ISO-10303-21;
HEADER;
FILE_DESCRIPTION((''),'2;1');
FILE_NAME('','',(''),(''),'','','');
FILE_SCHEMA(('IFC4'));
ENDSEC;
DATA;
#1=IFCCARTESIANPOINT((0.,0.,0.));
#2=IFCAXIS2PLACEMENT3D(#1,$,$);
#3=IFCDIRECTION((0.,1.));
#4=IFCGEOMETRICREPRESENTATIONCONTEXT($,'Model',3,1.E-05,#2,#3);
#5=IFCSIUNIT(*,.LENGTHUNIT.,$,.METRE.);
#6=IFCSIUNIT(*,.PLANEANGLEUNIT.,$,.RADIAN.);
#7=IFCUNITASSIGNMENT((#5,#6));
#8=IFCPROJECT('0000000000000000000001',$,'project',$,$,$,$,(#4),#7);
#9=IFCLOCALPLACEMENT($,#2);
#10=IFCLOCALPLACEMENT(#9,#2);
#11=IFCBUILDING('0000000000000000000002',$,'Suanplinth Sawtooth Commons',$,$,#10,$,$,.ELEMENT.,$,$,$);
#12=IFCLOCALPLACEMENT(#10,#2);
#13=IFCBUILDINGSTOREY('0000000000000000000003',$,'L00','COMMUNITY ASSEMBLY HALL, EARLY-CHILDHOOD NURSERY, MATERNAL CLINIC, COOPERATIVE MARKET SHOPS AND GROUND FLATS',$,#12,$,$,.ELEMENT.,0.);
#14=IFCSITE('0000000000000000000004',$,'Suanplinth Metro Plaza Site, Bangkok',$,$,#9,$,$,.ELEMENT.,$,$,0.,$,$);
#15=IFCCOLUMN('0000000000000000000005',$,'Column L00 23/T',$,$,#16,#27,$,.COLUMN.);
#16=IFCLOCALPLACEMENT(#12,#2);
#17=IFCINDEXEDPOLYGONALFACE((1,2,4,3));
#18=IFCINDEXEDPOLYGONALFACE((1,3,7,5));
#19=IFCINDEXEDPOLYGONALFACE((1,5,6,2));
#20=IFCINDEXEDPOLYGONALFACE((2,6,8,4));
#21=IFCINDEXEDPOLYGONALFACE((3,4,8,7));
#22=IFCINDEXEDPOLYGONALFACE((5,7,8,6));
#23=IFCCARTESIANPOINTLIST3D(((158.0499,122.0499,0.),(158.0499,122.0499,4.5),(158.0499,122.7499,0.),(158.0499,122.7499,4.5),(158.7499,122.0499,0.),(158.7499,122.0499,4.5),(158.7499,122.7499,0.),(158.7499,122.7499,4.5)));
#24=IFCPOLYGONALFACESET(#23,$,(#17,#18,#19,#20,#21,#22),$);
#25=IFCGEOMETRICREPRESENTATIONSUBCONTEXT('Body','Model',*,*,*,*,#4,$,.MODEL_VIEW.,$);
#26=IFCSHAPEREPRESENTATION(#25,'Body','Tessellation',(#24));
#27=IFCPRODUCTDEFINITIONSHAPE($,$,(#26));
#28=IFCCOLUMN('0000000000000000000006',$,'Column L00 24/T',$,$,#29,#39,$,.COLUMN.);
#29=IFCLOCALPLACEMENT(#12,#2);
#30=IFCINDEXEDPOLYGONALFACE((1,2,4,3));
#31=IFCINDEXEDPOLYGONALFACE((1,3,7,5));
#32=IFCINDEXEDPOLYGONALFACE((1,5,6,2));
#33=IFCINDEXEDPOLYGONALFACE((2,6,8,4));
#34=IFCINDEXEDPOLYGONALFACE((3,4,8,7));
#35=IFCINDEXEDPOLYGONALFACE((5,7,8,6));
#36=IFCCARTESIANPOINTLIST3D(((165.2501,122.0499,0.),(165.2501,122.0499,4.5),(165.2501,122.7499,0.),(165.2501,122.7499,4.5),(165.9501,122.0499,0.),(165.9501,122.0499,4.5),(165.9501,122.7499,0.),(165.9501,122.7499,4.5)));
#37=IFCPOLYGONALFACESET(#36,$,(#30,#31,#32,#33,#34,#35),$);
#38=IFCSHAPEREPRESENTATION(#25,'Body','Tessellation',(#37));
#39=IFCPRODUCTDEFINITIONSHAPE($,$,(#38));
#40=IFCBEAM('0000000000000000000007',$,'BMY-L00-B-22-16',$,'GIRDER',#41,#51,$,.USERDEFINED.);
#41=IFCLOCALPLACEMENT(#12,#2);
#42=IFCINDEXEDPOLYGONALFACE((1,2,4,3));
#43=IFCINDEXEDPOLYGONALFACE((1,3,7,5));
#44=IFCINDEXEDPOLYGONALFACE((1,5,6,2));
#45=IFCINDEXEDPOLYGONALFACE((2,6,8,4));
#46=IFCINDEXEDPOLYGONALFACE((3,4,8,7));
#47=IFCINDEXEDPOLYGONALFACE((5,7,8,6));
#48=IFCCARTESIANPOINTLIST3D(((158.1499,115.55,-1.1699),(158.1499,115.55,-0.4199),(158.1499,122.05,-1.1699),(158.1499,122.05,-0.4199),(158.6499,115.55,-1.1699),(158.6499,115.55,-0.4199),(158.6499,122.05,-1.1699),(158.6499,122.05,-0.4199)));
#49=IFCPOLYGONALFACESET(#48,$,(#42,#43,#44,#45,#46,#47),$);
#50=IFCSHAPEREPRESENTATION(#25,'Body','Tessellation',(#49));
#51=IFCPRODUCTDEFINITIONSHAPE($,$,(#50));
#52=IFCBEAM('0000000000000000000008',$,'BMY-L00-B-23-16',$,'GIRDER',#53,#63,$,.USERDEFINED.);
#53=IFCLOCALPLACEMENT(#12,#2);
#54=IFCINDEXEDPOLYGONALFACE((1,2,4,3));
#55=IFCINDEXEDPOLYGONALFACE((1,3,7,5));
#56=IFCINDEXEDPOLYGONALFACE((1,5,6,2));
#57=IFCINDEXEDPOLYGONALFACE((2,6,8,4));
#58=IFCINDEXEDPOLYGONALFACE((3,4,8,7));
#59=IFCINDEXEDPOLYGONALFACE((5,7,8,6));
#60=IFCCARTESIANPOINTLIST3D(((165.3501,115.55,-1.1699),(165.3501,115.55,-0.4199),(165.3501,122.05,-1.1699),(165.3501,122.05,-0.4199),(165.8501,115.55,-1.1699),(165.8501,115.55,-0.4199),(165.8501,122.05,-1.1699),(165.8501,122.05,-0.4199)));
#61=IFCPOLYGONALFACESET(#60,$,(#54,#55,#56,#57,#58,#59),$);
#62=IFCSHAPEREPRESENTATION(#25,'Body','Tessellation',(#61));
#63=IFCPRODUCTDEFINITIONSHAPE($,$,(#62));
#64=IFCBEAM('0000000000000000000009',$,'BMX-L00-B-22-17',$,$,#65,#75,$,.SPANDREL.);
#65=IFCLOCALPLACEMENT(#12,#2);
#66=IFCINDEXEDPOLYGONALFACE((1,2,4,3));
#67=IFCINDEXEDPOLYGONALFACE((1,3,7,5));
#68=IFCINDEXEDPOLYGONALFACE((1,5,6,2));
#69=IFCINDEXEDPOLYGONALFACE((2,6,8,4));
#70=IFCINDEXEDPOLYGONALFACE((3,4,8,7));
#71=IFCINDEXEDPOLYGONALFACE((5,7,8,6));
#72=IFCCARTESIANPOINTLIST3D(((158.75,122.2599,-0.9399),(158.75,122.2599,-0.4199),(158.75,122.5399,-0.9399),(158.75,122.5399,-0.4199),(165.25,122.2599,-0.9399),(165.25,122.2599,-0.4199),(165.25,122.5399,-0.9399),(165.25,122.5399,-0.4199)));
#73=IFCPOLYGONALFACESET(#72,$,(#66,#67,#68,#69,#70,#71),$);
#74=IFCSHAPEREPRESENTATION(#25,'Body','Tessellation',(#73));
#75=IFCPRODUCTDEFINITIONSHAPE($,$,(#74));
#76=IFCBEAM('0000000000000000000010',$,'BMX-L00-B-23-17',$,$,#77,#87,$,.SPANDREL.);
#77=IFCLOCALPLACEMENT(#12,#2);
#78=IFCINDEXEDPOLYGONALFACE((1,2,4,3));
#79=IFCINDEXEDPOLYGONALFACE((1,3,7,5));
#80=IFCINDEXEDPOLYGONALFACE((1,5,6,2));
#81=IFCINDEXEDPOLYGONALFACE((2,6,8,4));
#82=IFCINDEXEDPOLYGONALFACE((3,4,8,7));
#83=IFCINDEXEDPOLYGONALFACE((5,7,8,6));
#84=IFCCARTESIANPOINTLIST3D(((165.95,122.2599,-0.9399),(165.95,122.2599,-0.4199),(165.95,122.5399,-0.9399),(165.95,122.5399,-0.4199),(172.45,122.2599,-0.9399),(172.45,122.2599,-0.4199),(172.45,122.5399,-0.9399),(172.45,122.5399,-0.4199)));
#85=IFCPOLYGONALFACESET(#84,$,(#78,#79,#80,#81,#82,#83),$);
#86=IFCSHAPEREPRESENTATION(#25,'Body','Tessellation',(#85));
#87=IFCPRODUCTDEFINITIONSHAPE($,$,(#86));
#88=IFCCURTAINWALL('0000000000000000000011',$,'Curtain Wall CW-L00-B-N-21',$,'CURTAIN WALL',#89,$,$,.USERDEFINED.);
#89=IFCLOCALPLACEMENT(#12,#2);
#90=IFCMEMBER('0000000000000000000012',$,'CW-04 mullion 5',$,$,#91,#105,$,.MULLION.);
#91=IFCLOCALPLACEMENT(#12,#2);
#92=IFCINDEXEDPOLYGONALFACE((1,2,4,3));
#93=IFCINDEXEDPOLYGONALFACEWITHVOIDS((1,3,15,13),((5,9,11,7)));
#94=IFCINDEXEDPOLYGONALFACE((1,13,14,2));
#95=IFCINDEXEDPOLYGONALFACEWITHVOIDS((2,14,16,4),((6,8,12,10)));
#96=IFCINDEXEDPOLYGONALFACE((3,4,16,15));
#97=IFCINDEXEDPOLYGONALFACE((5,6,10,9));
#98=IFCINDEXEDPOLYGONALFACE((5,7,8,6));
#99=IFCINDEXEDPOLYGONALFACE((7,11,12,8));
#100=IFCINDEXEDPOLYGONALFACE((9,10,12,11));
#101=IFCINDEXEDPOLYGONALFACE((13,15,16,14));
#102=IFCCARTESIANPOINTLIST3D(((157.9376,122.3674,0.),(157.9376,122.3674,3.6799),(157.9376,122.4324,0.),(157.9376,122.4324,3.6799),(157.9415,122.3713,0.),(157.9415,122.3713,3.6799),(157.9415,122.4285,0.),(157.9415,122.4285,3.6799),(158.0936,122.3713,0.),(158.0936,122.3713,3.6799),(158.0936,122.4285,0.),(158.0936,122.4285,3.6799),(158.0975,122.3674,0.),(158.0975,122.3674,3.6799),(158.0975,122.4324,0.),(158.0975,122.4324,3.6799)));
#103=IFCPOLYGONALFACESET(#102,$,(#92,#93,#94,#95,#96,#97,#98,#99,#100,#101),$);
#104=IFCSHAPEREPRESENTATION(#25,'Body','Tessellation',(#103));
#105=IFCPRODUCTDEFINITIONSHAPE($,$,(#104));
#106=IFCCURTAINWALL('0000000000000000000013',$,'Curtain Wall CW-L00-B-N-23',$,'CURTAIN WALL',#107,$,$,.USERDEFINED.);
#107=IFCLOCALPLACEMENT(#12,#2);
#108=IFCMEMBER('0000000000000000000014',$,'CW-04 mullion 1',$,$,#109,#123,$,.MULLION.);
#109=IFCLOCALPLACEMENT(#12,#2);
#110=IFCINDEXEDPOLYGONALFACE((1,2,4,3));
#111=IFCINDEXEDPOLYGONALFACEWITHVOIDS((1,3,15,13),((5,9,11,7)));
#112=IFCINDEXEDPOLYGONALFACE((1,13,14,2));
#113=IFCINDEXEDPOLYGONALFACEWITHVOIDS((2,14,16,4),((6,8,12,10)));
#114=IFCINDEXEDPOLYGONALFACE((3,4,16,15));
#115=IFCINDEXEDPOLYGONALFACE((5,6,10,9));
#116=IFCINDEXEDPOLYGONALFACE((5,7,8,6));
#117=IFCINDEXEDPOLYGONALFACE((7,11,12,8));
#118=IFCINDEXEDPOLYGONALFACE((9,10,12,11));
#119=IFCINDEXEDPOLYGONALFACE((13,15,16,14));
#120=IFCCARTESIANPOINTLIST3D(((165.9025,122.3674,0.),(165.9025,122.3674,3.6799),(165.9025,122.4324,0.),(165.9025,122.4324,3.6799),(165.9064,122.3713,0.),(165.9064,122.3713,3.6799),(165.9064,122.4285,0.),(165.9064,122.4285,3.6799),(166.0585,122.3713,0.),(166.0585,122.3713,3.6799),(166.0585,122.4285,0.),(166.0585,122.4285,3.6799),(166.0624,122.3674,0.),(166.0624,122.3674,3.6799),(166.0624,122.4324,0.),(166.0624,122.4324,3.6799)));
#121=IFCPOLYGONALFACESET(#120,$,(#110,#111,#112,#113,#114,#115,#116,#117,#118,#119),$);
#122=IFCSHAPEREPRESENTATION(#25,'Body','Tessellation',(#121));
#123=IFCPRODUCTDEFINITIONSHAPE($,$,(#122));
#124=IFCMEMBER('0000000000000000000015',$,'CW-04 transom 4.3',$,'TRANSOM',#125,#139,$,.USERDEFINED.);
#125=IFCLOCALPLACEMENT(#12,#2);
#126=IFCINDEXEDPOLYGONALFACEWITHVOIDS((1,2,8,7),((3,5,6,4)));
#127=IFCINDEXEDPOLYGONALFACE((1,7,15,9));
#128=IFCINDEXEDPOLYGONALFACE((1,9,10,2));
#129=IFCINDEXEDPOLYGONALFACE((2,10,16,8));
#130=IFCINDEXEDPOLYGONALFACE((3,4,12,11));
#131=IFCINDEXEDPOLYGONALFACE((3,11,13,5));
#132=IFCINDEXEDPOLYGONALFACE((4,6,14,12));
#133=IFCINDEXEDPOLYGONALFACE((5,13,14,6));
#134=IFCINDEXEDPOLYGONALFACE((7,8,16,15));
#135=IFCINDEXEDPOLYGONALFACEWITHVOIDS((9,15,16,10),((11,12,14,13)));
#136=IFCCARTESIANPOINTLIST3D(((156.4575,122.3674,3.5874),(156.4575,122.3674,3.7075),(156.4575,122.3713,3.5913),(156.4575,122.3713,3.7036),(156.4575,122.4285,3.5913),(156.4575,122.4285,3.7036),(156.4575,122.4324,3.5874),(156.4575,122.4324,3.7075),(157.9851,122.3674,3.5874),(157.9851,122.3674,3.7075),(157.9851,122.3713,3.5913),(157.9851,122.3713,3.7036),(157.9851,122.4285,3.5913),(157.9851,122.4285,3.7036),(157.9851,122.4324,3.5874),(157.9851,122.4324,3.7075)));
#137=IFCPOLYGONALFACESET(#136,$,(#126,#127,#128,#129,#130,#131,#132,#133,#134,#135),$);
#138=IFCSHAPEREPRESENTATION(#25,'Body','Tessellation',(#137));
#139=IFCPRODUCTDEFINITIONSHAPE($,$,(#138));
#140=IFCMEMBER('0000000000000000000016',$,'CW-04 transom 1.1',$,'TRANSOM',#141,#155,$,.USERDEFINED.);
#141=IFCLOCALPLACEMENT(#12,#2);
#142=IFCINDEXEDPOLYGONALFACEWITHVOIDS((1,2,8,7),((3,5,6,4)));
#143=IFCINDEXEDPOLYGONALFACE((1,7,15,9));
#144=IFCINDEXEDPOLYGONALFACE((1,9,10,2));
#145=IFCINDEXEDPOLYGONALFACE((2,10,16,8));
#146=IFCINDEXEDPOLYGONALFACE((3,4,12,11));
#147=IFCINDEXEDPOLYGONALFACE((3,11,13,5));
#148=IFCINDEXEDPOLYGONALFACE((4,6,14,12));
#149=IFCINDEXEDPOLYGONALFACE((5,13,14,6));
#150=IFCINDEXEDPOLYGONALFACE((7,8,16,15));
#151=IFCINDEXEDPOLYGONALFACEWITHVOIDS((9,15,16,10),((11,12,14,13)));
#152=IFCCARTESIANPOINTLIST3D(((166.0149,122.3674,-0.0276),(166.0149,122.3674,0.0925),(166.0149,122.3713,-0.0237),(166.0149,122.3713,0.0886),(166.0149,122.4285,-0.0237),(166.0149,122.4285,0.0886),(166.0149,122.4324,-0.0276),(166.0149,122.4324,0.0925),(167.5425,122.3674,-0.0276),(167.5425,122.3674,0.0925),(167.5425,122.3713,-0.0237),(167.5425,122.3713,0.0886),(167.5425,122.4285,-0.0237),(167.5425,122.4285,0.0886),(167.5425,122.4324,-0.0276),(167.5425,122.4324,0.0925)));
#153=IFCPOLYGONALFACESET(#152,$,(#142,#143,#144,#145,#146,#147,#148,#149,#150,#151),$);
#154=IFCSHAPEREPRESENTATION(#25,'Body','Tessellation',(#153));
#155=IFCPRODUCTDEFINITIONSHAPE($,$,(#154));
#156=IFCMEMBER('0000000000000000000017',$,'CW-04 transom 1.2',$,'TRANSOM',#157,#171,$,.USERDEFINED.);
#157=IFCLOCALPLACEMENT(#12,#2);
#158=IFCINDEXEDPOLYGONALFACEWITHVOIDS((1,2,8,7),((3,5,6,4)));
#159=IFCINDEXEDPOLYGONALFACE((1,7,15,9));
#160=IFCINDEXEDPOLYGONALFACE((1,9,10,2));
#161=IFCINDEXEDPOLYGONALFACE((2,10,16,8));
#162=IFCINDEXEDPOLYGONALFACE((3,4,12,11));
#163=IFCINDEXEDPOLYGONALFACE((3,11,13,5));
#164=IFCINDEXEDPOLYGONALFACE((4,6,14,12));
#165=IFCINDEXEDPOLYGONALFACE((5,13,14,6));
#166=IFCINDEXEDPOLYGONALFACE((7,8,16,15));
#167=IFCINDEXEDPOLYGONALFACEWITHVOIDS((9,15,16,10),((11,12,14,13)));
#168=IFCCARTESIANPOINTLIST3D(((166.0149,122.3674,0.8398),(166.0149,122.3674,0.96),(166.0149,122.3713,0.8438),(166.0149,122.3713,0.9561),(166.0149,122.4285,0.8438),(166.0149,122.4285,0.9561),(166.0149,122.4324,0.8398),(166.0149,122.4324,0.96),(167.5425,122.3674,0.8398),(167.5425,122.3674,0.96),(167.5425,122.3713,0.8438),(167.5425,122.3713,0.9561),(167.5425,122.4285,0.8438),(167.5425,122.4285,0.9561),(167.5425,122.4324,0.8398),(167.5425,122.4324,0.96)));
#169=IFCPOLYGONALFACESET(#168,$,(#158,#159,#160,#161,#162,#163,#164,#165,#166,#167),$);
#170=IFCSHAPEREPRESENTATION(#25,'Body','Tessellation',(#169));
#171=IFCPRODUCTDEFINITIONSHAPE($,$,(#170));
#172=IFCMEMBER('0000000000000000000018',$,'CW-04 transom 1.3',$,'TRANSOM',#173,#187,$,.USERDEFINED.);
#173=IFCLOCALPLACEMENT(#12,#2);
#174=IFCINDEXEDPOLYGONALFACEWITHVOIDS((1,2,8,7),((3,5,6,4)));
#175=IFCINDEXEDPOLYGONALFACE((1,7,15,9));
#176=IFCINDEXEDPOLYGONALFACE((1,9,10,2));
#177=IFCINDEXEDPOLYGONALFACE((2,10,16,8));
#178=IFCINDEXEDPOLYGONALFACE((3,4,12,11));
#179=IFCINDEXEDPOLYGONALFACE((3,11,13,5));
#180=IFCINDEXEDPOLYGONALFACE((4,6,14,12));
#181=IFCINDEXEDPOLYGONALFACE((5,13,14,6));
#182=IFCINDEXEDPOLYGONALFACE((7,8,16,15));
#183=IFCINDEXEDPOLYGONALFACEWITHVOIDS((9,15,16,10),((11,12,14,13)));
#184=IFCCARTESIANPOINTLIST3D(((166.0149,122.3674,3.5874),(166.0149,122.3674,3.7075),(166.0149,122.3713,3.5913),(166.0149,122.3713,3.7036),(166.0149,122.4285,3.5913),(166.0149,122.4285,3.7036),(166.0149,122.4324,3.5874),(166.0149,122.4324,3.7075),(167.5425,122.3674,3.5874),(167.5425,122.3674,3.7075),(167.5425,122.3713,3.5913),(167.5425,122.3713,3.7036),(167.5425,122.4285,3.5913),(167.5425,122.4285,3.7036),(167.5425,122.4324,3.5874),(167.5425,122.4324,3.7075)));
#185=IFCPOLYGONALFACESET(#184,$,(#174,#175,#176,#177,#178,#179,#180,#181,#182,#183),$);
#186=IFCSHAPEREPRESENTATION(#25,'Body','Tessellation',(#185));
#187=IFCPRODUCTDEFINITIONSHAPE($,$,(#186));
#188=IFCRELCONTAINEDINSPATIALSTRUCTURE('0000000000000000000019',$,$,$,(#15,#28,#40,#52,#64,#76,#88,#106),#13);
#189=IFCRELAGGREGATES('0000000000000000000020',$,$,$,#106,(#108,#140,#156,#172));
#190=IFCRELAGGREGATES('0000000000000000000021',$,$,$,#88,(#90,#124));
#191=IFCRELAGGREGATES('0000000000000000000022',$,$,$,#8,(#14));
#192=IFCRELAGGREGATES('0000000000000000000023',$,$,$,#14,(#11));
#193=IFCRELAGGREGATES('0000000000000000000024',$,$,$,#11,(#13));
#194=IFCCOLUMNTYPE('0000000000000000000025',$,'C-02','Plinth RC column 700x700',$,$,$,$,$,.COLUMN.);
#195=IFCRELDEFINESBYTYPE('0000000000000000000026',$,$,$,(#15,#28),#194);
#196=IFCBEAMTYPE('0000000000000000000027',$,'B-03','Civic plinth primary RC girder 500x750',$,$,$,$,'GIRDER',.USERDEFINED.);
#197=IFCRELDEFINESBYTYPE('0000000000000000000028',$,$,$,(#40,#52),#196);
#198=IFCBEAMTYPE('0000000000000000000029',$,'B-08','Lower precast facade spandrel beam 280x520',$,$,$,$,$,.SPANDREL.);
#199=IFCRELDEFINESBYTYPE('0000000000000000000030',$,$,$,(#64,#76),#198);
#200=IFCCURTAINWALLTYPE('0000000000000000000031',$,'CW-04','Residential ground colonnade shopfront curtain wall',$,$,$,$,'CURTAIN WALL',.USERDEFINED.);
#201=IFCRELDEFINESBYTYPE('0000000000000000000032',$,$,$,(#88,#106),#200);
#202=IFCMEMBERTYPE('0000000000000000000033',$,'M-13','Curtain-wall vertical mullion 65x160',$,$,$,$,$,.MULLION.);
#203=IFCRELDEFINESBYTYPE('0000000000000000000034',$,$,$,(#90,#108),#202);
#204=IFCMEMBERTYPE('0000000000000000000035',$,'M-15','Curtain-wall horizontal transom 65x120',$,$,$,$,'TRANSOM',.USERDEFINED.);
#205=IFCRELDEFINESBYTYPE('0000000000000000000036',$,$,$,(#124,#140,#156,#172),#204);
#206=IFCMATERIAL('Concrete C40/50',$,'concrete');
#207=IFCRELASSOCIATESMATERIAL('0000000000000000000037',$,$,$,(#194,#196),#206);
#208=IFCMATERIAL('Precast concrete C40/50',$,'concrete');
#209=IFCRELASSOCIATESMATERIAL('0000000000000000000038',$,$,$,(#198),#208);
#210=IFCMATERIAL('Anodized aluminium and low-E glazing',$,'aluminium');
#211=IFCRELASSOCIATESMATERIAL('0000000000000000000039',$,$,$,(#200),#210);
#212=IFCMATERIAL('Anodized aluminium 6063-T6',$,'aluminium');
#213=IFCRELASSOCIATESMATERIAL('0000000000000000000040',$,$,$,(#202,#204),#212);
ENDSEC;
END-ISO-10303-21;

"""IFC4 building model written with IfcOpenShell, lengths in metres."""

from ifc_helpers import new_model, si_unit, direction, frame, origin, origin_2d, place, context, subcontext, project, spatial, rectangle, hollow_rectangle, extrude, material, material_profile, profile_set, type_object, element, aggregate, save


model = new_model("IFC4")

# Units and contexts
model_context = context("Model", 3, precision=1e-05, world=origin(), true_north=direction((0.0, 1.0)))
body_context = subcontext(model_context, "Body", "Model", "MODEL_VIEW")
ifc_project = project(units=[si_unit("LENGTHUNIT", "METRE"), si_unit("PLANEANGLEUNIT", "RADIAN")], contexts=[model_context])

# Site, building, storey
site_placement = place(None, origin())
site = spatial("IfcSite", under=ifc_project, at=site_placement, Name="Suanplinth Metro Plaza Site, Bangkok", CompositionType="ELEMENT", RefElevation=0.0)
building_placement = place(site_placement, origin())
building = spatial("IfcBuilding", under=site, at=building_placement, Name="Suanplinth Sawtooth Commons", CompositionType="ELEMENT")
storey_placement = place(building_placement, origin())
storey = spatial("IfcBuildingStorey", under=building, at=storey_placement, Name="L00", Description="COMMUNITY ASSEMBLY HALL, EARLY-CHILDHOOD NURSERY, MATERNAL CLINIC, COOPERATIVE MARKET SHOPS AND GROUND FLATS", CompositionType="ELEMENT", Elevation=0.0)

# Columns
ifc_material_1 = material(Name="Concrete C40/50", Category="concrete")
ifc_material_profile_1 = material_profile(ifc_material_1, rectangle(XDim=0.7, YDim=0.7, at=origin_2d()), Name="RC-COL 700x700")
ifc_profile_set_1 = profile_set([ifc_material_profile_1], Name="Concrete C40/50")
column_type = type_object("IfcColumnType", Name="C-02", Description="Plinth RC column 700x700", PredefinedType="COLUMN", material=ifc_profile_set_1)
for number, where, z_axis, x_axis, name in (
    (1, (158.3999, 122.3999, 0.0), (0.0, 0.0, 1.0), (1.0, 0.0, 0.0), "Column L00 23/T"),
    (2, (165.6001, 122.3999, 0.0), (0.0, 0.0, 1.0), (1.0, 0.0, 0.0), "Column L00 24/T"),
):
    element("IfcColumn", number, at=place(storey_placement, frame(where, z_axis=z_axis, x_axis=x_axis)), inside=storey, type_object=column_type, Name=name, PredefinedType="COLUMN", context=body_context, shape_type="SweptSolid", body=[
        extrude(rectangle(XDim=0.7, YDim=0.7, at=origin_2d()), origin(), (0.0, 0.0, 1.0), 4.5),
    ])

# Beams
ifc_material_profile_2 = material_profile(ifc_material_1, rectangle(XDim=0.5, YDim=0.75, at=origin_2d()), Name="RC-GDR 500x750")
ifc_profile_set_2 = profile_set([ifc_material_profile_2], Name="Concrete C40/50")
beam_type_1 = type_object("IfcBeamType", Name="B-03", Description="Civic plinth primary RC girder 500x750", ElementType="GIRDER", PredefinedType="USERDEFINED", material=ifc_profile_set_2)
for number, where, z_axis, x_axis, name in (
    (3, (158.3999, 115.55, -0.7949), (0.0, 1.0, 0.0), (-1.0, 0.0, 0.0), "BMY-L00-B-22-16"),
    (4, (165.6001, 115.55, -0.7949), (0.0, 1.0, 0.0), (-1.0, 0.0, 0.0), "BMY-L00-B-23-16"),
):
    element("IfcBeam", number, at=place(storey_placement, frame(where, z_axis=z_axis, x_axis=x_axis)), inside=storey, type_object=beam_type_1, Name=name, ObjectType="GIRDER", PredefinedType="USERDEFINED", context=body_context, shape_type="SweptSolid", body=[
        extrude(rectangle(XDim=0.5, YDim=0.75, at=origin_2d()), origin(), (0.0, 0.0, 1.0), 6.5),
    ])
ifc_material_2 = material(Name="Precast concrete C40/50", Category="concrete")
ifc_material_profile_3 = material_profile(ifc_material_2, rectangle(XDim=0.28, YDim=0.52, at=origin_2d()), Name="PC-SP 280x520")
ifc_profile_set_3 = profile_set([ifc_material_profile_3], Name="Precast concrete C40/50")
beam_type_2 = type_object("IfcBeamType", Name="B-08", Description="Lower precast facade spandrel beam 280x520", PredefinedType="SPANDREL", material=ifc_profile_set_3)
for number, where, z_axis, x_axis, name in (
    (5, (158.75, 122.3999, -0.6799), (1.0, 0.0, 0.0), (0.0, 1.0, 0.0), "BMX-L00-B-22-17"),
    (6, (165.95, 122.3999, -0.6799), (1.0, 0.0, 0.0), (0.0, 1.0, 0.0), "BMX-L00-B-23-17"),
):
    element("IfcBeam", number, at=place(storey_placement, frame(where, z_axis=z_axis, x_axis=x_axis)), inside=storey, type_object=beam_type_2, Name=name, PredefinedType="SPANDREL", context=body_context, shape_type="SweptSolid", body=[
        extrude(rectangle(XDim=0.28, YDim=0.52, at=origin_2d()), origin(), (0.0, 0.0, 1.0), 6.5),
    ])

# Curtain walls, members
ifc_material_3 = material(Name="Anodized aluminium and low-E glazing", Category="aluminium")
curtain_wall_type = type_object("IfcCurtainWallType", Name="CW-04", Description="Residential ground colonnade shopfront curtain wall", ElementType="CURTAIN WALL", PredefinedType="USERDEFINED", material=ifc_material_3)
curtain_wall_1_placement = place(storey_placement, origin())
curtain_wall_1 = element("IfcCurtainWall", 7, at=curtain_wall_1_placement, inside=storey, type_object=curtain_wall_type, Name="Curtain Wall CW-L00-B-N-21", ObjectType="CURTAIN WALL", PredefinedType="USERDEFINED")
ifc_material_4 = material(Name="Anodized aluminium 6063-T6", Category="aluminium")
ifc_material_profile_4 = material_profile(ifc_material_4, hollow_rectangle(XDim=0.0649, YDim=0.1599, WallThickness=0.0039, at=origin_2d()), Name="ALU-MUL 65x160")
ifc_profile_set_4 = profile_set([ifc_material_profile_4], Name="Anodized aluminium 6063-T6")
member_type_1 = type_object("IfcMemberType", Name="M-13", Description="Curtain-wall vertical mullion 65x160", PredefinedType="MULLION", material=ifc_profile_set_4)
member_1_placement = place(storey_placement, frame((158.0176, 122.3999, 0.0), z_axis=(0.0, 0.0, 1.0), x_axis=(0.0, 1.0, 0.0)))
member_1 = element("IfcMember", 8, at=member_1_placement, type_object=member_type_1, Name="CW-04 mullion 5", PredefinedType="MULLION", context=body_context, shape_type="SweptSolid", body=[
    extrude(hollow_rectangle(XDim=0.0649, YDim=0.1599, WallThickness=0.0039, at=origin_2d()), origin(), (0.0, 0.0, 1.0), 3.6799),
])
curtain_wall_2_placement = place(storey_placement, origin())
curtain_wall_2 = element("IfcCurtainWall", 9, at=curtain_wall_2_placement, inside=storey, type_object=curtain_wall_type, Name="Curtain Wall CW-L00-B-N-23", ObjectType="CURTAIN WALL", PredefinedType="USERDEFINED")
member_2_placement = place(storey_placement, frame((165.9824, 122.3999, 0.0), z_axis=(0.0, 0.0, 1.0), x_axis=(0.0, 1.0, 0.0)))
member_2 = element("IfcMember", 10, at=member_2_placement, type_object=member_type_1, Name="CW-04 mullion 1", PredefinedType="MULLION", context=body_context, shape_type="SweptSolid", body=[
    extrude(hollow_rectangle(XDim=0.0649, YDim=0.1599, WallThickness=0.0039, at=origin_2d()), origin(), (0.0, 0.0, 1.0), 3.6799),
])

# Members
ifc_material_profile_5 = material_profile(ifc_material_4, hollow_rectangle(XDim=0.0649, YDim=0.1201, WallThickness=0.0039, at=origin_2d()), Name="ALU-TRN 65x120")
ifc_profile_set_5 = profile_set([ifc_material_profile_5], Name="Anodized aluminium 6063-T6")
member_type_2 = type_object("IfcMemberType", Name="M-15", Description="Curtain-wall horizontal transom 65x120", ElementType="TRANSOM", PredefinedType="USERDEFINED", material=ifc_profile_set_5)
member_3_placement = place(storey_placement, frame((156.4575, 122.3999, 3.6475), z_axis=(1.0, 0.0, 0.0), x_axis=(0.0, 1.0, 0.0)))
member_3 = element("IfcMember", 11, at=member_3_placement, type_object=member_type_2, Name="CW-04 transom 4.3", ObjectType="TRANSOM", PredefinedType="USERDEFINED", context=body_context, shape_type="SweptSolid", body=[
    extrude(hollow_rectangle(XDim=0.0649, YDim=0.1201, WallThickness=0.0039, at=origin_2d()), origin(), (0.0, 0.0, 1.0), 1.5276),
])
member_4_placement = place(storey_placement, frame((166.0149, 122.3999, 0.0325), z_axis=(1.0, 0.0, 0.0), x_axis=(0.0, 1.0, 0.0)))
member_4 = element("IfcMember", 12, at=member_4_placement, type_object=member_type_2, Name="CW-04 transom 1.1", ObjectType="TRANSOM", PredefinedType="USERDEFINED", context=body_context, shape_type="SweptSolid", body=[
    extrude(hollow_rectangle(XDim=0.0649, YDim=0.1201, WallThickness=0.0039, at=origin_2d()), origin(), (0.0, 0.0, 1.0), 1.5276),
])
member_5_placement = place(storey_placement, frame((166.0149, 122.3999, 0.8999), z_axis=(1.0, 0.0, 0.0), x_axis=(0.0, 1.0, 0.0)))
member_5 = element("IfcMember", 13, at=member_5_placement, type_object=member_type_2, Name="CW-04 transom 1.2", ObjectType="TRANSOM", PredefinedType="USERDEFINED", context=body_context, shape_type="SweptSolid", body=[
    extrude(hollow_rectangle(XDim=0.0649, YDim=0.1201, WallThickness=0.0039, at=origin_2d()), origin(), (0.0, 0.0, 1.0), 1.5276),
])
member_6_placement = place(storey_placement, frame((166.0149, 122.3999, 3.6475), z_axis=(1.0, 0.0, 0.0), x_axis=(0.0, 1.0, 0.0)))
member_6 = element("IfcMember", 14, at=member_6_placement, type_object=member_type_2, Name="CW-04 transom 1.3", ObjectType="TRANSOM", PredefinedType="USERDEFINED", context=body_context, shape_type="SweptSolid", body=[
    extrude(hollow_rectangle(XDim=0.0649, YDim=0.1201, WallThickness=0.0039, at=origin_2d()), origin(), (0.0, 0.0, 1.0), 1.5276),
])
aggregate(curtain_wall_2, [member_2, member_4, member_5, member_6])

aggregate(curtain_wall_1, [member_1, member_3])

save(model, "model.ifc")
